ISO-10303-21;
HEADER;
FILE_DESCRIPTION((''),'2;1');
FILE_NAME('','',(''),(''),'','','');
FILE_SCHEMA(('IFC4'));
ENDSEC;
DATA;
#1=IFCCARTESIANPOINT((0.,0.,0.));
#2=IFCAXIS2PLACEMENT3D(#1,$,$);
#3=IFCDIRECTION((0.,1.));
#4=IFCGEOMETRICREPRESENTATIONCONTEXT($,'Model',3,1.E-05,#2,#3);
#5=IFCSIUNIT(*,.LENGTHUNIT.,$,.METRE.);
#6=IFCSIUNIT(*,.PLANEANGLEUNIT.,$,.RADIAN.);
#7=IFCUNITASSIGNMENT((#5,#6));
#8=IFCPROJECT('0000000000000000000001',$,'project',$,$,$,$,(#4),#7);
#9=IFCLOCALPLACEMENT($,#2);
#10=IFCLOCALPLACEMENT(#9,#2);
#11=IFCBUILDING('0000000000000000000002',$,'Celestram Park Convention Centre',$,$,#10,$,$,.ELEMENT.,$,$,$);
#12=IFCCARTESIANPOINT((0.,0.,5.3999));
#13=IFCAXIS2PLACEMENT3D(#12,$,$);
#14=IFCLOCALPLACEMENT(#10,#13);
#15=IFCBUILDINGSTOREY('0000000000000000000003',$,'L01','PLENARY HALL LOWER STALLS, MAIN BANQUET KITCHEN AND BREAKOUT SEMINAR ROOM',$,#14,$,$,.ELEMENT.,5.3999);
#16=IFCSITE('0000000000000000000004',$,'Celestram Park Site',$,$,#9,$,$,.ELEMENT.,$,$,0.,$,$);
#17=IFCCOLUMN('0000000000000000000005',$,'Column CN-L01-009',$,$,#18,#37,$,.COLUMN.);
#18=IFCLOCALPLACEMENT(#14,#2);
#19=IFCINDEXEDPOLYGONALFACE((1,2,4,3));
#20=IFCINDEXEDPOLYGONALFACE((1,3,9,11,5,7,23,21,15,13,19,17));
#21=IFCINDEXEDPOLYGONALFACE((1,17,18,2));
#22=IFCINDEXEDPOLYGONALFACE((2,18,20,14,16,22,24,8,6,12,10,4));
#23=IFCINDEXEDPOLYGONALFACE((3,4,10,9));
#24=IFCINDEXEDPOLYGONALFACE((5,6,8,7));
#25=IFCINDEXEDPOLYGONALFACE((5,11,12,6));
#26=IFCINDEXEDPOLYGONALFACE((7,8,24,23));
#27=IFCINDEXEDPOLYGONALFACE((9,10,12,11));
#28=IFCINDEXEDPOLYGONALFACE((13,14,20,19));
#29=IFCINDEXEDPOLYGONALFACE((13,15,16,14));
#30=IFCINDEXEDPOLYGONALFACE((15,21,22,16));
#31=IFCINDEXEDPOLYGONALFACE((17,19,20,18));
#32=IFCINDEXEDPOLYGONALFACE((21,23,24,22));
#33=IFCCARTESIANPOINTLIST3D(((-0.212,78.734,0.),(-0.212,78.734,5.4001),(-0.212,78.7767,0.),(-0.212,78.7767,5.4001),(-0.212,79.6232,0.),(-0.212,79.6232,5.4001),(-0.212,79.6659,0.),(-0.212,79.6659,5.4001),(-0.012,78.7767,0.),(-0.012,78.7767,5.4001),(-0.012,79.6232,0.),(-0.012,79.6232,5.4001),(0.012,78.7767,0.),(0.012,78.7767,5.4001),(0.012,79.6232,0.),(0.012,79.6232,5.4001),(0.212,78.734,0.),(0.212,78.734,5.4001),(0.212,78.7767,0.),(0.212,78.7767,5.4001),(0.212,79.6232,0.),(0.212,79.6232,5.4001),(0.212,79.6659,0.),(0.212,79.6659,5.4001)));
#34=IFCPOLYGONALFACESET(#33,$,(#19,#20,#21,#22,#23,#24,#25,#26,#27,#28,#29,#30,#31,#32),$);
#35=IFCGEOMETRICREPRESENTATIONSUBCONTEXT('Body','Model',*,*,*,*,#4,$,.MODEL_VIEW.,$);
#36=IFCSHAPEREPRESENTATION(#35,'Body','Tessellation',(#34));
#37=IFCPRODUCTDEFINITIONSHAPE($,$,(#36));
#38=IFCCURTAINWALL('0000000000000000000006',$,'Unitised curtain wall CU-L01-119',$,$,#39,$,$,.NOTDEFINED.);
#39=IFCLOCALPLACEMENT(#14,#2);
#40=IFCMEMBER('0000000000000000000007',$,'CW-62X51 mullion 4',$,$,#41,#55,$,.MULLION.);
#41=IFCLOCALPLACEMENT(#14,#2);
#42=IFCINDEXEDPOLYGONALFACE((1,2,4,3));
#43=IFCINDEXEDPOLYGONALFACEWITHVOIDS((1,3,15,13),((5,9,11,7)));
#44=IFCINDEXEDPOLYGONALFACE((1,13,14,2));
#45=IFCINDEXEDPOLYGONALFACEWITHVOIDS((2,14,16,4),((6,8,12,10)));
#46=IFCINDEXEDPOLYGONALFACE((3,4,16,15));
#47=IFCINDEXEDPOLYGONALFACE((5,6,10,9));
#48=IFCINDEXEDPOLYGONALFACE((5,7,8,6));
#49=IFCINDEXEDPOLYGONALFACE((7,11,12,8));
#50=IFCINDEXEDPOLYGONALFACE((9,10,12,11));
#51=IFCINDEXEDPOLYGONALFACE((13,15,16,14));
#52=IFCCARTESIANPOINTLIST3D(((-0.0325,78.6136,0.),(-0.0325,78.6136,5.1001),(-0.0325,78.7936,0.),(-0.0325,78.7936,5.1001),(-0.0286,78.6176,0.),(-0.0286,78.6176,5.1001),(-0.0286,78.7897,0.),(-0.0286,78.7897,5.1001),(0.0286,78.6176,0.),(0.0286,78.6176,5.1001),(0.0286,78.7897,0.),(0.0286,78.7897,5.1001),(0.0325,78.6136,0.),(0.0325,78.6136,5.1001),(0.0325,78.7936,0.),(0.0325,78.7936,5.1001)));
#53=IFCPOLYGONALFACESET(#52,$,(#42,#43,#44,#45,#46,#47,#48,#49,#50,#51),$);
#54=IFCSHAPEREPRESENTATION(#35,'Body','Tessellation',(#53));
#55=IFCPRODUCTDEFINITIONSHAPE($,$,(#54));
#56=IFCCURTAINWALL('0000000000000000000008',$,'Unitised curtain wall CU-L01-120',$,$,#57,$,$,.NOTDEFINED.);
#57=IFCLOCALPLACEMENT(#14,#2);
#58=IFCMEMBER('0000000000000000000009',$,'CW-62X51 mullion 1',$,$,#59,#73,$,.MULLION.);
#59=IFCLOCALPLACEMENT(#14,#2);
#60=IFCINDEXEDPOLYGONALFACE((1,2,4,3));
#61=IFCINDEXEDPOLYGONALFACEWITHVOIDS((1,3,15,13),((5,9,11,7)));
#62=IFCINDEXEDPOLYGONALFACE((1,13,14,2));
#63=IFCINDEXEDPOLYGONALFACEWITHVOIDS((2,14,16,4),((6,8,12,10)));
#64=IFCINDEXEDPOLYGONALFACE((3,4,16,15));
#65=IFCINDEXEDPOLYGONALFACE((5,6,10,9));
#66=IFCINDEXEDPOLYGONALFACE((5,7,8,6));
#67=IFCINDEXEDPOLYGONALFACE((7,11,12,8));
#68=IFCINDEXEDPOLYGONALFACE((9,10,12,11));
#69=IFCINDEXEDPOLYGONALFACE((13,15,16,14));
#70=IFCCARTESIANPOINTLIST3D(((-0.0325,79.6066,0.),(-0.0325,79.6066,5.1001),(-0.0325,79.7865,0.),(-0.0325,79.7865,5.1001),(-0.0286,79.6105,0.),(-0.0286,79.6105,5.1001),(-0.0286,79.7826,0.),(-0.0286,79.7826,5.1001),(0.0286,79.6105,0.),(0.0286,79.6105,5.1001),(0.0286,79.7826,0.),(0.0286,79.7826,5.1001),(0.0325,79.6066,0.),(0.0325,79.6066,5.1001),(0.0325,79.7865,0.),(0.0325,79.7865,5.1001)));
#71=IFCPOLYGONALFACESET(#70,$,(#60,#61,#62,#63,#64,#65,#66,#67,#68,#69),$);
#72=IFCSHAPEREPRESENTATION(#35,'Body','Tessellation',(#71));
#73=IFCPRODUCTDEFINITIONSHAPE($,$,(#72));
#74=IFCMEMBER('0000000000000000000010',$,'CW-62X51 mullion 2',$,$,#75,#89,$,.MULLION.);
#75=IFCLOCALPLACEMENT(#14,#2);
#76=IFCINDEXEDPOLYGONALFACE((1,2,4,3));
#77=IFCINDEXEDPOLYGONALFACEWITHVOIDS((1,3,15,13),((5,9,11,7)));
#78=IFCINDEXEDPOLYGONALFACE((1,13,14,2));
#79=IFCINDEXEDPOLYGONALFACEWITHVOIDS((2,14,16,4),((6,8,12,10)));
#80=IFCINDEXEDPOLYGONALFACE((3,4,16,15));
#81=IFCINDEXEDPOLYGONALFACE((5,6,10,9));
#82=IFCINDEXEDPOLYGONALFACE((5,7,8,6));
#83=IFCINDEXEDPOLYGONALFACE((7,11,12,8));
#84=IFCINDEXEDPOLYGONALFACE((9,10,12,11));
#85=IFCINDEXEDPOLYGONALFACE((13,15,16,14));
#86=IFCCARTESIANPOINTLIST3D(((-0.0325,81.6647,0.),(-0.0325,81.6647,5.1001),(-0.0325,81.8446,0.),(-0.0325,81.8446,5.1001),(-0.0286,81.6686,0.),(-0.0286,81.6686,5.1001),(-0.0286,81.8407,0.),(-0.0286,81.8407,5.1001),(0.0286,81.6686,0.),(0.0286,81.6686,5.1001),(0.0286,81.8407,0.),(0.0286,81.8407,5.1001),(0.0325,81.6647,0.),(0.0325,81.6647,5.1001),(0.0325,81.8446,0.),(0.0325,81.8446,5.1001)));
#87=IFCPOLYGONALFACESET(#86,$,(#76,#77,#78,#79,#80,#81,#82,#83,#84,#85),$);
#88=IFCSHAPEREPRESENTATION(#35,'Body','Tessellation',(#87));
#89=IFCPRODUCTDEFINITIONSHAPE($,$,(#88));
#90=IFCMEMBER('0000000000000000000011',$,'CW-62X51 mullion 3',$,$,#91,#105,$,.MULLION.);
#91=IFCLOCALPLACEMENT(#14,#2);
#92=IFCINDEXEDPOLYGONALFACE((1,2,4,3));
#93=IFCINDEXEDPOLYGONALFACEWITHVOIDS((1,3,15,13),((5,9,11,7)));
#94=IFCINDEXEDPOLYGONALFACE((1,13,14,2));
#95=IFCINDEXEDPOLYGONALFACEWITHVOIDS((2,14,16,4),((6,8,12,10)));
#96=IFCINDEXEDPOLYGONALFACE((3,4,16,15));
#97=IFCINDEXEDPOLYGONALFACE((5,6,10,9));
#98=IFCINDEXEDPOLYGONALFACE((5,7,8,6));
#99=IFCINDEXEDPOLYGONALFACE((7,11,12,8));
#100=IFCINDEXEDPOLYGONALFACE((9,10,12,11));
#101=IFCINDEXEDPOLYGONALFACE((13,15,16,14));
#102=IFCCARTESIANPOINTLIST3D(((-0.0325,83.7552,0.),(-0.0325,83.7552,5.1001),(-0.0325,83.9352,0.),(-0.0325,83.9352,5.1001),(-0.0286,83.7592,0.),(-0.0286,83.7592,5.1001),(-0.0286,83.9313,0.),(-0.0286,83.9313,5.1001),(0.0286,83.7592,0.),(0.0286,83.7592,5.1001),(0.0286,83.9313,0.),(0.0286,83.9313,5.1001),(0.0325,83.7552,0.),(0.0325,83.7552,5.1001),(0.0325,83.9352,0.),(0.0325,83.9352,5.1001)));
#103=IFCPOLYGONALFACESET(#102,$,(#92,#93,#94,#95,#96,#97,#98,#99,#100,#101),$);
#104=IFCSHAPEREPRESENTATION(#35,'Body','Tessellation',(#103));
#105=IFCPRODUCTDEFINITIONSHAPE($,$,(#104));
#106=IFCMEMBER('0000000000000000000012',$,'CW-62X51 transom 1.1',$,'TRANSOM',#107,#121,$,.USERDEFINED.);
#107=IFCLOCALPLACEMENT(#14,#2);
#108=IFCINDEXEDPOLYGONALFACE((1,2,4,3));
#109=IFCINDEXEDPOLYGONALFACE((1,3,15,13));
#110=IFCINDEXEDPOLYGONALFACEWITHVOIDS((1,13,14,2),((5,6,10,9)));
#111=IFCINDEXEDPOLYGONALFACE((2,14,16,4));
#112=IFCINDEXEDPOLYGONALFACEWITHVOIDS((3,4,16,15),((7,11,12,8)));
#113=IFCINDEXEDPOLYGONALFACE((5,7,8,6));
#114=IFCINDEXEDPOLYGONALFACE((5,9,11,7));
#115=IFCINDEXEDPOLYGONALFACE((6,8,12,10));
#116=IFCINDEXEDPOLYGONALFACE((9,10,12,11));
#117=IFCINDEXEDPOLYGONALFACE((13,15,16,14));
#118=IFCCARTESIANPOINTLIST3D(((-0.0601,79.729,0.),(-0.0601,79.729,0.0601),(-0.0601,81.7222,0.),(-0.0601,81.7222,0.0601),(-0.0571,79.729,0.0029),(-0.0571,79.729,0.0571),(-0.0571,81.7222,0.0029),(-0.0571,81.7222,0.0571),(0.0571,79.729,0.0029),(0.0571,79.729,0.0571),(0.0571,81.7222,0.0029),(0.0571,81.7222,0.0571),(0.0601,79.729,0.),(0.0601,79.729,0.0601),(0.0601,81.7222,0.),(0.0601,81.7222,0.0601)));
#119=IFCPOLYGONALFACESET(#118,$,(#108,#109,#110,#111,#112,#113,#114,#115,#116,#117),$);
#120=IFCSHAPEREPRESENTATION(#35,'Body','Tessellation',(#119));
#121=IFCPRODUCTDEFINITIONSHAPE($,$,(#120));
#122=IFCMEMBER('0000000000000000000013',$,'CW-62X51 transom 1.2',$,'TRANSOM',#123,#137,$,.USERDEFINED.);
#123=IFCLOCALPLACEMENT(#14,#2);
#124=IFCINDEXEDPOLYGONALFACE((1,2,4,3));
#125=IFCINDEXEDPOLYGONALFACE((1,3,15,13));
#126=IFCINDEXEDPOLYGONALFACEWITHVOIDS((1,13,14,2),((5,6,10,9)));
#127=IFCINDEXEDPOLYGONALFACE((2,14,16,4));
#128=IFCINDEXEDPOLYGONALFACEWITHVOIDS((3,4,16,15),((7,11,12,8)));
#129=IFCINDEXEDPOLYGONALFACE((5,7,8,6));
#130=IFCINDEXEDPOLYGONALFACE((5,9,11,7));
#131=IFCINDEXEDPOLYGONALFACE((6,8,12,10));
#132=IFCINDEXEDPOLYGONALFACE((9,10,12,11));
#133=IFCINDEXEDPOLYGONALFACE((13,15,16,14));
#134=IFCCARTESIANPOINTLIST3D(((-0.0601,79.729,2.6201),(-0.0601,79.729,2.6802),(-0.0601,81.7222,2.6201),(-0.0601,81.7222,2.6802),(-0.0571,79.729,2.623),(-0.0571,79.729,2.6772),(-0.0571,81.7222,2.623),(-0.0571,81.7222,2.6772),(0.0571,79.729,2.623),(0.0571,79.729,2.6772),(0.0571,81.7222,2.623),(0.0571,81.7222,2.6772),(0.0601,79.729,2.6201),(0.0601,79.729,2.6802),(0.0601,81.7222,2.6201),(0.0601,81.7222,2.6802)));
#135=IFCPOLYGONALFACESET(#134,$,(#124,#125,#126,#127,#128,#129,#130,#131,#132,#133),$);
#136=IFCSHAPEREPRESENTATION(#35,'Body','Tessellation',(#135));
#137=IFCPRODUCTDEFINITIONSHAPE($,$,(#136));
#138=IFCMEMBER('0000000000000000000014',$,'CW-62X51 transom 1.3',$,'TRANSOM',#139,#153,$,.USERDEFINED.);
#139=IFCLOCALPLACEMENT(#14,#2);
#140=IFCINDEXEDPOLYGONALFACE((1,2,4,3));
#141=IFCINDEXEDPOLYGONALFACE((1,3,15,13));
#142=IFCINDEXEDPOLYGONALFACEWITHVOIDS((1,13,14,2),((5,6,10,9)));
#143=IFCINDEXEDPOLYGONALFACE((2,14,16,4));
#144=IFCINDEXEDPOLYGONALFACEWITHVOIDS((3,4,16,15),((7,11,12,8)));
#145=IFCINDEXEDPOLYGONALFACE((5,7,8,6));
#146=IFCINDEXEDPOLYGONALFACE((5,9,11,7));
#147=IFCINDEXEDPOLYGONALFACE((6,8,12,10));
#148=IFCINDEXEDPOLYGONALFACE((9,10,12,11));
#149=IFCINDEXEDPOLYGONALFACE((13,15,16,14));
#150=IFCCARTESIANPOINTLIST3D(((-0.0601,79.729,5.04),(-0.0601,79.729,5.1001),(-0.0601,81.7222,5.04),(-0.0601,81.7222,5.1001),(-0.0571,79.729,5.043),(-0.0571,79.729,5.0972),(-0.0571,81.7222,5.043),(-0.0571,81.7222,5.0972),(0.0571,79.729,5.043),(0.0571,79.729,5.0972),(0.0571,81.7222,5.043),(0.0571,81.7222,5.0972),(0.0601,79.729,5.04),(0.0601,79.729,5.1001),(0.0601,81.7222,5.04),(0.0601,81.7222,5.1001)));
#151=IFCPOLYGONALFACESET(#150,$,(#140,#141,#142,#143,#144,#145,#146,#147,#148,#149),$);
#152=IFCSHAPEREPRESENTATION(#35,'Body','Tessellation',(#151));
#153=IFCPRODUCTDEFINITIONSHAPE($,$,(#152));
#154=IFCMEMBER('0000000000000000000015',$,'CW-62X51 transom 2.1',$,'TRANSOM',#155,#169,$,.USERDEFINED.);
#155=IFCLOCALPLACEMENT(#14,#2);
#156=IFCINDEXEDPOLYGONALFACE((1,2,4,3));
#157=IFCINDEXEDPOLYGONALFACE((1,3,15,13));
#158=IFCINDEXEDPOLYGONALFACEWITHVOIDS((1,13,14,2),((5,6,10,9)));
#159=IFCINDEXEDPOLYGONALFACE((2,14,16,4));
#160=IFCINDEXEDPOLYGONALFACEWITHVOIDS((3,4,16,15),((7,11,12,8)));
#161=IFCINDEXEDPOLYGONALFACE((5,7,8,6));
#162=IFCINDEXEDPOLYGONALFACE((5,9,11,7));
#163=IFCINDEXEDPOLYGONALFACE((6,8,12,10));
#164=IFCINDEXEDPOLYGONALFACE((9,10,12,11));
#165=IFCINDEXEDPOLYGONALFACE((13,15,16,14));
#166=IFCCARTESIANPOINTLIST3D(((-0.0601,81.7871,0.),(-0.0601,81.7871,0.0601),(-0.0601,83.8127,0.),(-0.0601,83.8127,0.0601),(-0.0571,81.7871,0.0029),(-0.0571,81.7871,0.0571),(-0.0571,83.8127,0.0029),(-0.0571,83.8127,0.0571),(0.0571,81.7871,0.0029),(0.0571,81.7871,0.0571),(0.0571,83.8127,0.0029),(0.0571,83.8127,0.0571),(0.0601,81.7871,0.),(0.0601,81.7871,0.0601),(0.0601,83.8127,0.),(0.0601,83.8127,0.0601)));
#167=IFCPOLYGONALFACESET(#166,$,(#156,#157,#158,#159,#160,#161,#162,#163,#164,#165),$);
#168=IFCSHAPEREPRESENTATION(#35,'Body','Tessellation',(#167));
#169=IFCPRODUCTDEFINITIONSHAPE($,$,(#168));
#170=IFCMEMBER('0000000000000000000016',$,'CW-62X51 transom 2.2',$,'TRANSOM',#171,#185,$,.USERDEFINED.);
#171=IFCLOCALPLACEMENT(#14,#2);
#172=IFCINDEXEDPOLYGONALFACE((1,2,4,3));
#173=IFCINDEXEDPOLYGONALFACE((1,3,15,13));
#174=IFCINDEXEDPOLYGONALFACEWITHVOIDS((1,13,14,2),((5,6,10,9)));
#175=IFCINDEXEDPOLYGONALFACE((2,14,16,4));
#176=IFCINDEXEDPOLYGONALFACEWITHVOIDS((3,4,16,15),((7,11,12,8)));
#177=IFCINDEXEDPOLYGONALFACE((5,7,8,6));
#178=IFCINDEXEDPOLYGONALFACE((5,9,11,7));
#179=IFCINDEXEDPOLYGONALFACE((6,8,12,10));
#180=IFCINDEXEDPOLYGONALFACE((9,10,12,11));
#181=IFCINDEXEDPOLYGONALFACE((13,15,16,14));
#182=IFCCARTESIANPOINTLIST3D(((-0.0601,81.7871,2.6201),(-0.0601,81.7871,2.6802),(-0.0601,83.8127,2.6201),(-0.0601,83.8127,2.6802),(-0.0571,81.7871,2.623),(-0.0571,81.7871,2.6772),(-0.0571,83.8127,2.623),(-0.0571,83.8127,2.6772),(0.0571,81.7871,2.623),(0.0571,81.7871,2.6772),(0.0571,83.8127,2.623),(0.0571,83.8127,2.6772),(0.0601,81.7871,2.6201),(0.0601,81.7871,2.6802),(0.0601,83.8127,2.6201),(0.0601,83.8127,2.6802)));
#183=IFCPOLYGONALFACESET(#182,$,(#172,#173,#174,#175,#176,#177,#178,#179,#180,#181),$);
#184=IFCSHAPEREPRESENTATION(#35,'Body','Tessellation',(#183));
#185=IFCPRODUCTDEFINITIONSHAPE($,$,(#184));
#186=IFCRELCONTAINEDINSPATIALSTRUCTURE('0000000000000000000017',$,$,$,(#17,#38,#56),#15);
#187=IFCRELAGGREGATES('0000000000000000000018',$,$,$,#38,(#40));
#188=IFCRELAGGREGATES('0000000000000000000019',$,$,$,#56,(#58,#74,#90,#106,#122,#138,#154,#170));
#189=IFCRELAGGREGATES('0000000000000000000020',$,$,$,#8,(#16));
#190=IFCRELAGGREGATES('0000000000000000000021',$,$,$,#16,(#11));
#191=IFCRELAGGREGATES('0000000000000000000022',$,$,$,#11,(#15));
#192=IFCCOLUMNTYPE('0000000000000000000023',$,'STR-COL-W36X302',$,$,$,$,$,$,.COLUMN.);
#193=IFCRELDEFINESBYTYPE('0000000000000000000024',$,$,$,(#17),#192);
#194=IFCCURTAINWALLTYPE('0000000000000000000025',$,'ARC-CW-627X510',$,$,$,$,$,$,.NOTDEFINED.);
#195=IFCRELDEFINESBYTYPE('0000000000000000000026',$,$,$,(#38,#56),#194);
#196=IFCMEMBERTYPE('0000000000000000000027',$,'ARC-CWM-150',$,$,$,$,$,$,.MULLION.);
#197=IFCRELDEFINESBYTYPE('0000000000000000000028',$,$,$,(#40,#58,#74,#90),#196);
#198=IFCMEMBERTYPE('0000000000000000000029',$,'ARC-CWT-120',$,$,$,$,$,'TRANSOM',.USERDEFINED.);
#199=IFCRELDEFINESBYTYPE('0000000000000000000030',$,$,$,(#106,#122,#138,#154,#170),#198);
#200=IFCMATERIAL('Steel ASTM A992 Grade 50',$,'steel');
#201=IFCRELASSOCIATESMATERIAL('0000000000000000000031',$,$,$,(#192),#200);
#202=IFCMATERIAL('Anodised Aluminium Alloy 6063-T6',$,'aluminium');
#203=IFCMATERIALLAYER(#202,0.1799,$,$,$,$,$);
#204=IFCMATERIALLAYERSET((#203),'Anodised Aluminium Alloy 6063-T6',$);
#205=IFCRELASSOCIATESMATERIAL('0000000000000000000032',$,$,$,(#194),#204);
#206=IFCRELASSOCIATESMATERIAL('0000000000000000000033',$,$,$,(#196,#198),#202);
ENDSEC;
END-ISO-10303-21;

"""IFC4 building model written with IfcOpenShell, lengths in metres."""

from ifc_helpers import new_model, si_unit, direction, frame, origin, origin_2d, place, context, subcontext, project, spatial, hollow_rectangle, i_section, extrude, material, layer, layer_set, material_profile, profile_set, type_object, element, aggregate, save


model = new_model("IFC4")

# Units and contexts
model_context = context("Model", 3, precision=1e-05, world=origin(), true_north=direction((0.0, 1.0)))
body_context = subcontext(model_context, "Body", "Model", "MODEL_VIEW")
ifc_project = project(units=[si_unit("LENGTHUNIT", "METRE"), si_unit("PLANEANGLEUNIT", "RADIAN")], contexts=[model_context])

# Site, building, storey
site_placement = place(None, origin())
site = spatial("IfcSite", under=ifc_project, at=site_placement, Name="Celestram Park Site", CompositionType="ELEMENT", RefElevation=0.0)
building_placement = place(site_placement, origin())
building = spatial("IfcBuilding", under=site, at=building_placement, Name="Celestram Park Convention Centre", CompositionType="ELEMENT")
storey_placement = place(building_placement, frame((0.0, 0.0, 5.3999)))
storey = spatial("IfcBuildingStorey", under=building, at=storey_placement, Name="L01", Description="PLENARY HALL LOWER STALLS, MAIN BANQUET KITCHEN AND BREAKOUT SEMINAR ROOM", CompositionType="ELEMENT", Elevation=5.3999)

# Column
ifc_material_1 = material(Name="Steel ASTM A992 Grade 50", Category="steel")
ifc_material_profile_1 = material_profile(ifc_material_1, i_section(OverallWidth=0.4241, OverallDepth=0.9319, WebThickness=0.0239, FlangeThickness=0.0427, at=origin_2d()), Name="W36X302")
ifc_profile_set_1 = profile_set([ifc_material_profile_1], Name="Steel ASTM A992 Grade 50")
column_type = type_object("IfcColumnType", Name="STR-COL-W36X302", PredefinedType="COLUMN", material=ifc_profile_set_1)
column_placement = place(storey_placement, frame((0.0, 79.2, 0.0), z_axis=(0.0, 0.0, 1.0), x_axis=(1.0, 0.0, 0.0)))
element("IfcColumn", 1, at=column_placement, inside=storey, type_object=column_type, Name="Column CN-L01-009", PredefinedType="COLUMN", context=body_context, shape_type="SweptSolid", body=[
    extrude(i_section(OverallWidth=0.4241, OverallDepth=0.9319, WebThickness=0.0239, FlangeThickness=0.0427, at=origin_2d()), origin(), (0.0, 0.0, 1.0), 5.4001),
])

# Curtain wall, member
ifc_material_2 = material(Name="Anodised Aluminium Alloy 6063-T6", Category="aluminium")
ifc_layer_1 = layer(ifc_material_2, 0.1799)
ifc_layer_set_1 = layer_set([ifc_layer_1], Name="Anodised Aluminium Alloy 6063-T6")
curtain_wall_type = type_object("IfcCurtainWallType", Name="ARC-CW-627X510", PredefinedType="NOTDEFINED", material=ifc_layer_set_1)
curtain_wall_1_placement = place(storey_placement, origin())
curtain_wall_1 = element("IfcCurtainWall", 2, at=curtain_wall_1_placement, inside=storey, type_object=curtain_wall_type, Name="Unitised curtain wall CU-L01-119", PredefinedType="NOTDEFINED")
ifc_material_profile_2 = material_profile(ifc_material_2, hollow_rectangle(XDim=0.0649, YDim=0.1799, WallThickness=0.0039, at=origin_2d()), Name="ALU65X180X4")
ifc_profile_set_2 = profile_set([ifc_material_profile_2], Name="Anodised Aluminium Alloy 6063-T6")
member_type_1 = type_object("IfcMemberType", Name="ARC-CWM-150", PredefinedType="MULLION", material=ifc_profile_set_2)
member_1_placement = place(storey_placement, frame((0.0, 78.7036, 0.0), z_axis=(0.0, 0.0, 1.0), x_axis=(-1.0, 0.0, 0.0)))
member_1 = element("IfcMember", 3, at=member_1_placement, type_object=member_type_1, Name="CW-62X51 mullion 4", PredefinedType="MULLION", context=body_context, shape_type="SweptSolid", body=[
    extrude(hollow_rectangle(XDim=0.0649, YDim=0.1799, WallThickness=0.0039, at=origin_2d()), origin(), (0.0, 0.0, 1.0), 5.1001),
])

# Curtain wall, members
curtain_wall_2_placement = place(storey_placement, origin())
curtain_wall_2 = element("IfcCurtainWall", 4, at=curtain_wall_2_placement, inside=storey, type_object=curtain_wall_type, Name="Unitised curtain wall CU-L01-120", PredefinedType="NOTDEFINED")
member_2_placement = place(storey_placement, frame((0.0, 79.6965, 0.0), z_axis=(0.0, 0.0, 1.0), x_axis=(-1.0, 0.0, 0.0)))
member_2 = element("IfcMember", 5, at=member_2_placement, type_object=member_type_1, Name="CW-62X51 mullion 1", PredefinedType="MULLION", context=body_context, shape_type="SweptSolid", body=[
    extrude(hollow_rectangle(XDim=0.0649, YDim=0.1799, WallThickness=0.0039, at=origin_2d()), origin(), (0.0, 0.0, 1.0), 5.1001),
])
member_3_placement = place(storey_placement, frame((0.0, 81.7546, 0.0), z_axis=(0.0, 0.0, 1.0), x_axis=(-1.0, 0.0, 0.0)))
member_3 = element("IfcMember", 6, at=member_3_placement, type_object=member_type_1, Name="CW-62X51 mullion 2", PredefinedType="MULLION", context=body_context, shape_type="SweptSolid", body=[
    extrude(hollow_rectangle(XDim=0.0649, YDim=0.1799, WallThickness=0.0039, at=origin_2d()), origin(), (0.0, 0.0, 1.0), 5.1001),
])
member_4_placement = place(storey_placement, frame((0.0, 83.8452, 0.0), z_axis=(0.0, 0.0, 1.0), x_axis=(-1.0, 0.0, 0.0)))
member_4 = element("IfcMember", 7, at=member_4_placement, type_object=member_type_1, Name="CW-62X51 mullion 3", PredefinedType="MULLION", context=body_context, shape_type="SweptSolid", body=[
    extrude(hollow_rectangle(XDim=0.0649, YDim=0.1799, WallThickness=0.0039, at=origin_2d()), origin(), (0.0, 0.0, 1.0), 5.1001),
])
ifc_material_profile_3 = material_profile(ifc_material_2, hollow_rectangle(XDim=0.1201, YDim=0.0601, WallThickness=0.0029, at=origin_2d()), Name="ALU120X60X3")
ifc_profile_set_3 = profile_set([ifc_material_profile_3], Name="Anodised Aluminium Alloy 6063-T6")
member_type_2 = type_object("IfcMemberType", Name="ARC-CWT-120", ElementType="TRANSOM", PredefinedType="USERDEFINED", material=ifc_profile_set_3)
member_5_placement = place(storey_placement, frame((0.0, 79.729, 0.03), z_axis=(0.0, 1.0, 0.0), x_axis=(-1.0, 0.0, 0.0)))
member_5 = element("IfcMember", 8, at=member_5_placement, type_object=member_type_2, Name="CW-62X51 transom 1.1", ObjectType="TRANSOM", PredefinedType="USERDEFINED", context=body_context, shape_type="SweptSolid", body=[
    extrude(hollow_rectangle(XDim=0.1201, YDim=0.0601, WallThickness=0.0029, at=origin_2d()), origin(), (0.0, 0.0, 1.0), 1.9932),
])
member_6_placement = place(storey_placement, frame((0.0, 79.729, 2.6501), z_axis=(0.0, 1.0, 0.0), x_axis=(-1.0, 0.0, 0.0)))
member_6 = element("IfcMember", 9, at=member_6_placement, type_object=member_type_2, Name="CW-62X51 transom 1.2", ObjectType="TRANSOM", PredefinedType="USERDEFINED", context=body_context, shape_type="SweptSolid", body=[
    extrude(hollow_rectangle(XDim=0.1201, YDim=0.0601, WallThickness=0.0029, at=origin_2d()), origin(), (0.0, 0.0, 1.0), 1.9932),
])
member_7_placement = place(storey_placement, frame((0.0, 79.729, 5.0701), z_axis=(0.0, 1.0, 0.0), x_axis=(-1.0, 0.0, 0.0)))
member_7 = element("IfcMember", 10, at=member_7_placement, type_object=member_type_2, Name="CW-62X51 transom 1.3", ObjectType="TRANSOM", PredefinedType="USERDEFINED", context=body_context, shape_type="SweptSolid", body=[
    extrude(hollow_rectangle(XDim=0.1201, YDim=0.0601, WallThickness=0.0029, at=origin_2d()), origin(), (0.0, 0.0, 1.0), 1.9932),
])
member_8_placement = place(storey_placement, frame((0.0, 81.7871, 0.03), z_axis=(0.0, 1.0, 0.0), x_axis=(-1.0, 0.0, 0.0)))
member_8 = element("IfcMember", 11, at=member_8_placement, type_object=member_type_2, Name="CW-62X51 transom 2.1", ObjectType="TRANSOM", PredefinedType="USERDEFINED", context=body_context, shape_type="SweptSolid", body=[
    extrude(hollow_rectangle(XDim=0.1201, YDim=0.0601, WallThickness=0.0029, at=origin_2d()), origin(), (0.0, 0.0, 1.0), 2.0256),
])
member_9_placement = place(storey_placement, frame((0.0, 81.7871, 2.6501), z_axis=(0.0, 1.0, 0.0), x_axis=(-1.0, 0.0, 0.0)))
member_9 = element("IfcMember", 12, at=member_9_placement, type_object=member_type_2, Name="CW-62X51 transom 2.2", ObjectType="TRANSOM", PredefinedType="USERDEFINED", context=body_context, shape_type="SweptSolid", body=[
    extrude(hollow_rectangle(XDim=0.1201, YDim=0.0601, WallThickness=0.0029, at=origin_2d()), origin(), (0.0, 0.0, 1.0), 2.0256),
])

aggregate(curtain_wall_1, [member_1])
aggregate(curtain_wall_2, [member_2, member_3, member_4, member_5, member_6, member_7, member_8, member_9])

save(model, "model.ifc")
